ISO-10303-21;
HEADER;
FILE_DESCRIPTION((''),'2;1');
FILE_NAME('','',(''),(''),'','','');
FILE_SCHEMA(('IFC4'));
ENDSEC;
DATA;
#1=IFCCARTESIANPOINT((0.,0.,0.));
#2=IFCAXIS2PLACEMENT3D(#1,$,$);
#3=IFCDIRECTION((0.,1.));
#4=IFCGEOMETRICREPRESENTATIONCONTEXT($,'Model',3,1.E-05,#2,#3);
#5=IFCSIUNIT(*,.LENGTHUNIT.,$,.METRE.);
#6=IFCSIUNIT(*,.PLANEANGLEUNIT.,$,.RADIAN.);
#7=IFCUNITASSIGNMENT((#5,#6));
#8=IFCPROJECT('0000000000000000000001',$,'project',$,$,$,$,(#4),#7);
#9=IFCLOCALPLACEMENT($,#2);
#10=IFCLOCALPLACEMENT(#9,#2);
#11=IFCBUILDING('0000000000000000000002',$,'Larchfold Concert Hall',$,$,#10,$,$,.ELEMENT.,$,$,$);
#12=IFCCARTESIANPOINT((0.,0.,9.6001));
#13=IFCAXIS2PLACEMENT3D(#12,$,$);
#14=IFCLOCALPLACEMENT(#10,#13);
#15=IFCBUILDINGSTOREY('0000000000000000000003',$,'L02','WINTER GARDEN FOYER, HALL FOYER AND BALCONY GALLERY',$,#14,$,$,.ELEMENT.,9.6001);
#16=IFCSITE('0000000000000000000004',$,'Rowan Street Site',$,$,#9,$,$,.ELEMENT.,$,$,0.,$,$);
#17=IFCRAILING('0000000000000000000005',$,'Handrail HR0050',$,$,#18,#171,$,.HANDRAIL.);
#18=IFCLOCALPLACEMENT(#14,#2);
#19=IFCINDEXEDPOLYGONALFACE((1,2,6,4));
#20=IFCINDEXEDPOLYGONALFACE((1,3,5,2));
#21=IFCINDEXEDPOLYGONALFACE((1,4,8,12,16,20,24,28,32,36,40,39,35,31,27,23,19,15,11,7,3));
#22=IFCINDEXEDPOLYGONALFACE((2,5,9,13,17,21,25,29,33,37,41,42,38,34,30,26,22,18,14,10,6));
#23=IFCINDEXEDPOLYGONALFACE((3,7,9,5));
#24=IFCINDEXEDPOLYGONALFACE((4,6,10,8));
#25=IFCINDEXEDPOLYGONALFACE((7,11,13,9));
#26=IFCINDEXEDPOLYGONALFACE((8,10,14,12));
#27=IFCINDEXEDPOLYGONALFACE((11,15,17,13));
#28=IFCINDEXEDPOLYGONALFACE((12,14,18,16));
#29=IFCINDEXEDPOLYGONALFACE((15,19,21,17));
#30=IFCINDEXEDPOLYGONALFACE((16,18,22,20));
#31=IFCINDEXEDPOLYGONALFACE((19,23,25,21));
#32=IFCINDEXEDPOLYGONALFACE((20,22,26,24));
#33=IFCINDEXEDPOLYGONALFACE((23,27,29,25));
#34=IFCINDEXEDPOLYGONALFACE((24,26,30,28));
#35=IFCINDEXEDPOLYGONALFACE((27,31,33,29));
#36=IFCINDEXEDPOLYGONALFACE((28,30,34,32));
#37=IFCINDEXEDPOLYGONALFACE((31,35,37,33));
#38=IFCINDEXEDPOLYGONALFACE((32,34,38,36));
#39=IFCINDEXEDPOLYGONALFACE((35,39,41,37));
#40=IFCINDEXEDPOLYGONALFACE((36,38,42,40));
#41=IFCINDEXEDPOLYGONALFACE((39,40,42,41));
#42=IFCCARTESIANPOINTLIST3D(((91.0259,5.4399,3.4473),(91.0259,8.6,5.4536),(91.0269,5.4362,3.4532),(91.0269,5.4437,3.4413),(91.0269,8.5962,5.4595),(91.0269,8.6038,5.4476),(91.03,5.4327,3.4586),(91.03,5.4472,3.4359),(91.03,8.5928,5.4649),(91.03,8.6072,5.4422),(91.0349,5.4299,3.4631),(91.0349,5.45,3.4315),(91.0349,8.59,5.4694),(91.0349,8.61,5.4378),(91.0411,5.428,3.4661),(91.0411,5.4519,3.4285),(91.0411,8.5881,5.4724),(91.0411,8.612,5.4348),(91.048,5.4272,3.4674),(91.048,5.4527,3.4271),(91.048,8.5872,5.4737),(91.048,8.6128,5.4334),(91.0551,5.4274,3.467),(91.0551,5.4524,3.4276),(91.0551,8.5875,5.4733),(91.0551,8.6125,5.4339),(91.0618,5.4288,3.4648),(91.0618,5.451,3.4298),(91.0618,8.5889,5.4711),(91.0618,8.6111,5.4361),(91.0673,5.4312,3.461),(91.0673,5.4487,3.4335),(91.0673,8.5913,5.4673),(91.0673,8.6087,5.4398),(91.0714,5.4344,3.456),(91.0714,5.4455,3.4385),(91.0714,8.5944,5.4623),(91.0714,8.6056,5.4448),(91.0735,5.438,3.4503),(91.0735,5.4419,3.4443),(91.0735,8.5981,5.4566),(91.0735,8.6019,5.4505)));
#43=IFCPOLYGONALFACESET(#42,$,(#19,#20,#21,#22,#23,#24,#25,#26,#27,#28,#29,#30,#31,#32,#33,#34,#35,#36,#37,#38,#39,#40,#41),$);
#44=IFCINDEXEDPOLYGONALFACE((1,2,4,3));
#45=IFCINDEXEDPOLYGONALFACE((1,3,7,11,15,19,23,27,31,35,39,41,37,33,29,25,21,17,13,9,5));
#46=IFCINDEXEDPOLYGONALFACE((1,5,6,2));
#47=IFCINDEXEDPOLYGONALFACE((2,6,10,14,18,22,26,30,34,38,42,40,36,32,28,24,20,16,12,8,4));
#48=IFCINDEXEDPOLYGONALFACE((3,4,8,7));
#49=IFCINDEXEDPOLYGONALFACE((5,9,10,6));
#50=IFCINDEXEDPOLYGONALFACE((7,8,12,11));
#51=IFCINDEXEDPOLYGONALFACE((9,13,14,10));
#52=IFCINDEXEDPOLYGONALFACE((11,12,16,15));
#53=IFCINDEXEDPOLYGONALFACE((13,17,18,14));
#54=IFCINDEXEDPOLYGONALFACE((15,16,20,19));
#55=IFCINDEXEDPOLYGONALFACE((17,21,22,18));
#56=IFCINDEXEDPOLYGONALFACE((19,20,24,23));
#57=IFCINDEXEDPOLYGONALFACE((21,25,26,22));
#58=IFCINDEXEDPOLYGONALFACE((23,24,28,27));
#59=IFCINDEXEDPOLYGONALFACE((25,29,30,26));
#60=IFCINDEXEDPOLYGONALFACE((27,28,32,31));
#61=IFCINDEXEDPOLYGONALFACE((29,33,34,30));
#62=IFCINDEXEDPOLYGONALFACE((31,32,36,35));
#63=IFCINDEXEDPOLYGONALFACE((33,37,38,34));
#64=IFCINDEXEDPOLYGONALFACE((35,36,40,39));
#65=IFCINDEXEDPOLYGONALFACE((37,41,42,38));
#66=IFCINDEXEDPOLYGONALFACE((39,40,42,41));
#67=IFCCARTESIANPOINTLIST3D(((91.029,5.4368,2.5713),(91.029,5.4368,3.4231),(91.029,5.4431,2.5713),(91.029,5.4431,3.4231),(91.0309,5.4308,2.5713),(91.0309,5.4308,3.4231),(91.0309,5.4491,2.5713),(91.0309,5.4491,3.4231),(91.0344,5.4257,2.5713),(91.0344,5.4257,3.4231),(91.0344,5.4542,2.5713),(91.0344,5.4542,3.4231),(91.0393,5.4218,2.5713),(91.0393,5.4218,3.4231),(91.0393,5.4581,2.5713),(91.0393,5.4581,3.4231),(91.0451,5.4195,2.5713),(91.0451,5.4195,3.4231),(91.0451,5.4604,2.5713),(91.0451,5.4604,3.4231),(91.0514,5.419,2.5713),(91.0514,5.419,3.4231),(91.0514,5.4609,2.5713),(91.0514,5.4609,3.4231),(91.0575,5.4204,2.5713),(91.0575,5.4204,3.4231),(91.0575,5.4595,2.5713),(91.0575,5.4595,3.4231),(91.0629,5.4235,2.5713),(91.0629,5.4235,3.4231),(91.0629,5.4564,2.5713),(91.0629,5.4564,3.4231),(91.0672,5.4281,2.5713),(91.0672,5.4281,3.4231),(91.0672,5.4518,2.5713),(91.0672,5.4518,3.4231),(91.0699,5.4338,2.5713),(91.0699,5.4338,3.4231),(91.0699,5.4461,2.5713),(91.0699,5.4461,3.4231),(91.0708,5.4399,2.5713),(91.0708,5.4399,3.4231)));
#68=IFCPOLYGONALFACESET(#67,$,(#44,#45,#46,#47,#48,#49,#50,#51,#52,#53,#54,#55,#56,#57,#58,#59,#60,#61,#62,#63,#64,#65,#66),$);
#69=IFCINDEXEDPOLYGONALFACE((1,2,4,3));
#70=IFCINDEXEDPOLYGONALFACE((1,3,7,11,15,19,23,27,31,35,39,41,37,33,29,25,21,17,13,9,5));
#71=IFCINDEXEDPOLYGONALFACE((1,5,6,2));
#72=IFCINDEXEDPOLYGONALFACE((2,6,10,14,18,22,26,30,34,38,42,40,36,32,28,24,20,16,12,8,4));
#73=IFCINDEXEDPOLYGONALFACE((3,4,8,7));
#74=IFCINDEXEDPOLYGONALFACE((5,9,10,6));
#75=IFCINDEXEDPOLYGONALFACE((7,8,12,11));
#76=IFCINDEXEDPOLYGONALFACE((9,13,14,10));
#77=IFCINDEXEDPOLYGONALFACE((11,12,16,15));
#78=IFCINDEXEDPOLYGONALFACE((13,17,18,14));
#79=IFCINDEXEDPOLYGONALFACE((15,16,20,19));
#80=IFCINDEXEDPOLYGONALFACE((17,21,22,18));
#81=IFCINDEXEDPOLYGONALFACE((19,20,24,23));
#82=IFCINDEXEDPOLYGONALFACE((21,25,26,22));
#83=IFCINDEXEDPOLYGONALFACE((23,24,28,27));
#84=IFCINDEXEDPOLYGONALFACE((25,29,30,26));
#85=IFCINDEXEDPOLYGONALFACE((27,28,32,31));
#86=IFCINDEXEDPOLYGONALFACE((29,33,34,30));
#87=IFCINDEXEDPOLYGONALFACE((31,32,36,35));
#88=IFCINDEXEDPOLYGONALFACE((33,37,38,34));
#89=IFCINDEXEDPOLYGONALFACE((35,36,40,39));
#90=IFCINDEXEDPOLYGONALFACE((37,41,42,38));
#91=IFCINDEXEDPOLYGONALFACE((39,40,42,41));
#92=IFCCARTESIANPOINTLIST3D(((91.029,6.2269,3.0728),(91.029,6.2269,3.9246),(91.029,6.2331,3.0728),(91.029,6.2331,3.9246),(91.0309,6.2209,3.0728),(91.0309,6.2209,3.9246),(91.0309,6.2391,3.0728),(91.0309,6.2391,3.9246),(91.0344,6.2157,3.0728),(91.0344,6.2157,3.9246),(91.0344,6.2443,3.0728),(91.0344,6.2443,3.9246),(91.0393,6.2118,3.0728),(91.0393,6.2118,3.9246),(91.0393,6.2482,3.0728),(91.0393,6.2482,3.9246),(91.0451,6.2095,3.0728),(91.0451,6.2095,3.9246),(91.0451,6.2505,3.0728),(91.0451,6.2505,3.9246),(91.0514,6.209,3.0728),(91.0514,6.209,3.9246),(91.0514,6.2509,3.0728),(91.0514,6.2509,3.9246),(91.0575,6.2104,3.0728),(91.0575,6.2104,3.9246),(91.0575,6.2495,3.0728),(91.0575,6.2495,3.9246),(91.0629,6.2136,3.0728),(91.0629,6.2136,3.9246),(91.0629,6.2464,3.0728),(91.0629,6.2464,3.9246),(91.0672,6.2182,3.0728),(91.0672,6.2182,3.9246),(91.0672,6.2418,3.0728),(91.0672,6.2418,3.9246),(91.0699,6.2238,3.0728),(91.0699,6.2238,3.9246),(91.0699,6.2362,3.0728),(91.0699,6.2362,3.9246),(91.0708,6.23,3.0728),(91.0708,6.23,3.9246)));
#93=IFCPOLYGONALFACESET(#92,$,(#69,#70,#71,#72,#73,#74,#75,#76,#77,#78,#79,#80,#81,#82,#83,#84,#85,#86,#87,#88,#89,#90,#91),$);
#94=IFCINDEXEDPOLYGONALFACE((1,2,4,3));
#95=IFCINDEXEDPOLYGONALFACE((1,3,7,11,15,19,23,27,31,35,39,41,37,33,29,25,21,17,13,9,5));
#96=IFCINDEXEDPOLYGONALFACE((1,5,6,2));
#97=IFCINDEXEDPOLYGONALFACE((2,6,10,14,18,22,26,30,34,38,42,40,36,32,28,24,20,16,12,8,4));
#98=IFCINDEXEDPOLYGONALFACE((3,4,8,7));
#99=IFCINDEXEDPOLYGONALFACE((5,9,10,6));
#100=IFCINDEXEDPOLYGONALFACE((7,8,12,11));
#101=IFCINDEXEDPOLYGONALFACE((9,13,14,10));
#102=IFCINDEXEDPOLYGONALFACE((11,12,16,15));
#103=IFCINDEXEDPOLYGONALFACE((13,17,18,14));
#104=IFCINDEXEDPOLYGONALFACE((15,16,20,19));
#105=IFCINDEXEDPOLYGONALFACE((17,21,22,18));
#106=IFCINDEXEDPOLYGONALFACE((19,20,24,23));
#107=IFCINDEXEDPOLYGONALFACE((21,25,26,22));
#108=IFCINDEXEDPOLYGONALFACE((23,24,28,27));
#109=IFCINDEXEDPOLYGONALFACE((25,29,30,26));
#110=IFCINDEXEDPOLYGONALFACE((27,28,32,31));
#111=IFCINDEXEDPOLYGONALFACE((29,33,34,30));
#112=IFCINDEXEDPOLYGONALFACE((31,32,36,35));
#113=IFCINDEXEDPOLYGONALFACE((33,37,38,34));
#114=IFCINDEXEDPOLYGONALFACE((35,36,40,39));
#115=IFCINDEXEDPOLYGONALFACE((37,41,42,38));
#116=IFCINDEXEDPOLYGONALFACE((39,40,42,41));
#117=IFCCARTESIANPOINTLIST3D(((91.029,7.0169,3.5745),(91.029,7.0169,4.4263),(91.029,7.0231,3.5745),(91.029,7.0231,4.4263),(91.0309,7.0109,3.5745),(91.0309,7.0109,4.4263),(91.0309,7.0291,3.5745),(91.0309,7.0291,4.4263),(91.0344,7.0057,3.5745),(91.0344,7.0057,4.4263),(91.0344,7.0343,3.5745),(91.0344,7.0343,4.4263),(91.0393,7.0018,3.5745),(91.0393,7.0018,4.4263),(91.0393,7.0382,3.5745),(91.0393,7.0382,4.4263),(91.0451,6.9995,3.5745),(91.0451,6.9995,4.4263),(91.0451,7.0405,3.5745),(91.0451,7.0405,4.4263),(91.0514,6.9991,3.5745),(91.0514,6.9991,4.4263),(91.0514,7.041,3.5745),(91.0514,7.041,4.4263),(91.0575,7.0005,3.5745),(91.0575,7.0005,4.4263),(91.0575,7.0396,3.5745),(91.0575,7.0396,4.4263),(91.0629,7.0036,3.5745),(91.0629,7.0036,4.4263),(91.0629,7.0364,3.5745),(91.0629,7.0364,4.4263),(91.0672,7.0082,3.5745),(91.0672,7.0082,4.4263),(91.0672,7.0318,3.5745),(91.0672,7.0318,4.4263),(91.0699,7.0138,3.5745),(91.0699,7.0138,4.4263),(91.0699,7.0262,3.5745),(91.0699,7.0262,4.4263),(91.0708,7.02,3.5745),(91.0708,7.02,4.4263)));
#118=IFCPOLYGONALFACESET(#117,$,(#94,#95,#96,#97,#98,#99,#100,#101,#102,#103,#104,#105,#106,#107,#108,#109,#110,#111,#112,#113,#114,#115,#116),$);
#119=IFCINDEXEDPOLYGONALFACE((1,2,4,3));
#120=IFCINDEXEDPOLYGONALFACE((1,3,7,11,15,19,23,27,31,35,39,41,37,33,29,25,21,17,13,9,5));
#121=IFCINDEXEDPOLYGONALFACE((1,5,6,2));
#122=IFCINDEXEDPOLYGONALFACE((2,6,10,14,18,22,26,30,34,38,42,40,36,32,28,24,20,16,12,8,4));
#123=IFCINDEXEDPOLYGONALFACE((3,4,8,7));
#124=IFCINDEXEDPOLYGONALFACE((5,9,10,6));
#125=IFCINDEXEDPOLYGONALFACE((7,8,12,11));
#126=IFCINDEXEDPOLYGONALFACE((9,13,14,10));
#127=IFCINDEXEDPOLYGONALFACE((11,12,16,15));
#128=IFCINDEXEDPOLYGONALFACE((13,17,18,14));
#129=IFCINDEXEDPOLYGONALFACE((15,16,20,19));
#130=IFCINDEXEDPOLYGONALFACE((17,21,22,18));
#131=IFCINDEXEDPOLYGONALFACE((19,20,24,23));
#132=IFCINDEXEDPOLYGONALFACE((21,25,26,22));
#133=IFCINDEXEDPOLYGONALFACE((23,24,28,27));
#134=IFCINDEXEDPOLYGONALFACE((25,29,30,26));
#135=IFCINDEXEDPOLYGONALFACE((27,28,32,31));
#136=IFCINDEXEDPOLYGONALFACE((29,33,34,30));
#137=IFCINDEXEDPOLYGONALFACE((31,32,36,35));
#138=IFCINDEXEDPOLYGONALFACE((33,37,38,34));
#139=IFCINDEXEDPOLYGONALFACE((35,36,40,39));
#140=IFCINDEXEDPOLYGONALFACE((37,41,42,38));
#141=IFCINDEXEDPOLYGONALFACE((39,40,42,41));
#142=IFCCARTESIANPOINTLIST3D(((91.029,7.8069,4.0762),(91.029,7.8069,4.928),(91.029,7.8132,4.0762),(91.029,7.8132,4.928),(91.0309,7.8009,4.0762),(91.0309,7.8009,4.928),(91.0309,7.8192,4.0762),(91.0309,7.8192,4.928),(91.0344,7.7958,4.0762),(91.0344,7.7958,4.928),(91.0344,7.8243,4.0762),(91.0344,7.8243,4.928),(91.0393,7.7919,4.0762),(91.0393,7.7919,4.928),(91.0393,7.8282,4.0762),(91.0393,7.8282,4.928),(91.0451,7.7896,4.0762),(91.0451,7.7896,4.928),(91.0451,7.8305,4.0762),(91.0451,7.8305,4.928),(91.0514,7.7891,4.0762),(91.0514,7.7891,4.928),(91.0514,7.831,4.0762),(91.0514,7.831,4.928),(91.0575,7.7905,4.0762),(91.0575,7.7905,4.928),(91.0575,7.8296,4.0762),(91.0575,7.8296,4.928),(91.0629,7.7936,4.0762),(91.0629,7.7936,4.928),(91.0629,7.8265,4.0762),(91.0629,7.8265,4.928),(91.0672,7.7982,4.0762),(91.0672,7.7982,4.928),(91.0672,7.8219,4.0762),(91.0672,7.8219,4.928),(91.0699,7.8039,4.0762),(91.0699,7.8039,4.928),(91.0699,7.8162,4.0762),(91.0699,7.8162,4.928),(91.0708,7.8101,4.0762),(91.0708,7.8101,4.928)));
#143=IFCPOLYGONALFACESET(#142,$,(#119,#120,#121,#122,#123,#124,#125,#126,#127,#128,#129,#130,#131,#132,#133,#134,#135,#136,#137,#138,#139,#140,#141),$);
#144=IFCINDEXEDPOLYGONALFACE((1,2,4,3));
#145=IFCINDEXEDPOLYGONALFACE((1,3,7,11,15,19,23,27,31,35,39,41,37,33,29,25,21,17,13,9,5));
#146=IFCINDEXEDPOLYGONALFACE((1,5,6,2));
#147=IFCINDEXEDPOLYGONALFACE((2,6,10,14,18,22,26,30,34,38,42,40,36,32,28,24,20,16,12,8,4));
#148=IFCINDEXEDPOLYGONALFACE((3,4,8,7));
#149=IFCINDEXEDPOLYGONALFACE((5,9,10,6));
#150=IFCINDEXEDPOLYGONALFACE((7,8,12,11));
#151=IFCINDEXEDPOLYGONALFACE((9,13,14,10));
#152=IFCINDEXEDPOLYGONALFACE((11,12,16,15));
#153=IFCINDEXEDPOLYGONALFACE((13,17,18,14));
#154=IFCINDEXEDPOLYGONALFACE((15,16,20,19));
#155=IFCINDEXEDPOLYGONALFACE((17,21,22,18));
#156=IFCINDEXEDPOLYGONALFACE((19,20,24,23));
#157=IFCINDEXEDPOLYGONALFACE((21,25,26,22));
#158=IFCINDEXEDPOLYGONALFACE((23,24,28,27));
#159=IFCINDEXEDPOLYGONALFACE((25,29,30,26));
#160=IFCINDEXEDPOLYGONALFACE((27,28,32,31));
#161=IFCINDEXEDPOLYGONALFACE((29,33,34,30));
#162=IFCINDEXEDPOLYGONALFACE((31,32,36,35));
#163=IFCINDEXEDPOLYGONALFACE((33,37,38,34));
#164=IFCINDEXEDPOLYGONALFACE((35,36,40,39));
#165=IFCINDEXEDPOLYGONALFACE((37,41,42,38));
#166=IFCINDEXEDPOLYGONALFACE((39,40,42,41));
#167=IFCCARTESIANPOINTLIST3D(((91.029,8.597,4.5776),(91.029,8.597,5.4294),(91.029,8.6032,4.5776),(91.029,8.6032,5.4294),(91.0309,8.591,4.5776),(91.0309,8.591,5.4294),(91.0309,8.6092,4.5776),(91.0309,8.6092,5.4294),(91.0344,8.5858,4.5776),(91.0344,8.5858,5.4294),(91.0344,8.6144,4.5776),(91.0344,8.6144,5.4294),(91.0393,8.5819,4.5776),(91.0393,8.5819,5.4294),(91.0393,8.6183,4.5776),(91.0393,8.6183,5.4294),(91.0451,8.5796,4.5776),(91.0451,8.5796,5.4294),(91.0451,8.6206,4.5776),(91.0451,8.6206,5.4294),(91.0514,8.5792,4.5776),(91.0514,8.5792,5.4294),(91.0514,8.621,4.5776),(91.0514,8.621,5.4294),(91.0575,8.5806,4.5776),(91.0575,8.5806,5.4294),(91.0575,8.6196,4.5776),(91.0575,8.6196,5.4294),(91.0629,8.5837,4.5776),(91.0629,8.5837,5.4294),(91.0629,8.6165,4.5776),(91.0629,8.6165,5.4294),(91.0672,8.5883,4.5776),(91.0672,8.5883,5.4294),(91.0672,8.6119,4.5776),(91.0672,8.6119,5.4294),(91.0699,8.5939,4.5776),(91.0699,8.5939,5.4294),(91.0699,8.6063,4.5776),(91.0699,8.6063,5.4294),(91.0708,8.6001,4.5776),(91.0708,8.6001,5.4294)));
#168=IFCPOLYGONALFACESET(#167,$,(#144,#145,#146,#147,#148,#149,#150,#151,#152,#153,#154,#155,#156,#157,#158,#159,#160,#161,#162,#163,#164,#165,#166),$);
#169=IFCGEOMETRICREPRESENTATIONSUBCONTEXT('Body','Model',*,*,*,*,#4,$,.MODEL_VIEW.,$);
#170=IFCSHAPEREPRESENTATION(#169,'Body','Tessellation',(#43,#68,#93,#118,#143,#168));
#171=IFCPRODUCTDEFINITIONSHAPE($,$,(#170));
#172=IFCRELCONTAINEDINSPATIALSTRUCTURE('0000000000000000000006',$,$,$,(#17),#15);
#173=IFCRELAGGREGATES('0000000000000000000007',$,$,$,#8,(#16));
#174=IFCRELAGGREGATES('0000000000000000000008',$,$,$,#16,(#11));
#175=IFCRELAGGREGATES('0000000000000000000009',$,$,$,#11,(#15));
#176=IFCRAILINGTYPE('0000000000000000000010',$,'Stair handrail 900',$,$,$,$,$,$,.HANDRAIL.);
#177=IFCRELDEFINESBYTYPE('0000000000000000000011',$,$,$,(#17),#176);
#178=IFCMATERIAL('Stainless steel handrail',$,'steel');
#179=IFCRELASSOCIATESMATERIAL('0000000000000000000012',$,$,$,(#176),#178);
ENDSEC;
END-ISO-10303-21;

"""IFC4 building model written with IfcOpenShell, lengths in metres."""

from ifc_helpers import new_model, si_unit, direction, frame, origin, origin_2d, place, context, subcontext, project, spatial, circle, extrude, material, type_object, element, save


model = new_model("IFC4")

# Units and contexts
model_context = context("Model", 3, precision=1e-05, world=origin(), true_north=direction((0.0, 1.0)))
body_context = subcontext(model_context, "Body", "Model", "MODEL_VIEW")
ifc_project = project(units=[si_unit("LENGTHUNIT", "METRE"), si_unit("PLANEANGLEUNIT", "RADIAN")], contexts=[model_context])

# Site, building, storey
site_placement = place(None, origin())
site = spatial("IfcSite", under=ifc_project, at=site_placement, Name="Rowan Street Site", CompositionType="ELEMENT", RefElevation=0.0)
building_placement = place(site_placement, origin())
building = spatial("IfcBuilding", under=site, at=building_placement, Name="Larchfold Concert Hall", CompositionType="ELEMENT")
storey_placement = place(building_placement, frame((0.0, 0.0, 9.6001)))
storey = spatial("IfcBuildingStorey", under=building, at=storey_placement, Name="L02", Description="WINTER GARDEN FOYER, HALL FOYER AND BALCONY GALLERY", CompositionType="ELEMENT", Elevation=9.6001)

# Railing
ifc_material_1 = material(Name="Stainless steel handrail", Category="steel")
railing_type_1 = type_object("IfcRailingType", Name="Stair handrail 900", PredefinedType="HANDRAIL", material=ifc_material_1)
railing_1_placement = place(storey_placement, frame((91.0498, 5.4399, 2.5713)))
element("IfcRailing", 1, at=railing_1_placement, inside=storey, type_object=railing_type_1, Name="Handrail HR0050", PredefinedType="HANDRAIL", context=body_context, shape_type="SweptSolid", body=[
    extrude(circle(Radius=0.0239, at=origin_2d()), frame((0.0, 0.0, 0.876), z_axis=(0.0, 0.844225, 0.535989), x_axis=(-1.0, 0.0, 0.0)), (0.0, 0.0, 1.0), 3.7432),
    extrude(circle(Radius=0.021, at=origin_2d()), origin(), (0.0, 0.0, 1.0), 0.8518),
    extrude(circle(Radius=0.021, at=origin_2d()), frame((0.0, 0.79, 0.5015)), (0.0, 0.0, 1.0), 0.8518),
    extrude(circle(Radius=0.021, at=origin_2d()), frame((0.0, 1.5801, 1.0032)), (0.0, 0.0, 1.0), 0.8518),
    extrude(circle(Radius=0.021, at=origin_2d()), frame((0.0, 2.3701, 1.5049)), (0.0, 0.0, 1.0), 0.8518),
    extrude(circle(Radius=0.021, at=origin_2d()), frame((0.0, 3.1602, 2.0063)), (0.0, 0.0, 1.0), 0.8518),
])

save(model, "model.ifc")
